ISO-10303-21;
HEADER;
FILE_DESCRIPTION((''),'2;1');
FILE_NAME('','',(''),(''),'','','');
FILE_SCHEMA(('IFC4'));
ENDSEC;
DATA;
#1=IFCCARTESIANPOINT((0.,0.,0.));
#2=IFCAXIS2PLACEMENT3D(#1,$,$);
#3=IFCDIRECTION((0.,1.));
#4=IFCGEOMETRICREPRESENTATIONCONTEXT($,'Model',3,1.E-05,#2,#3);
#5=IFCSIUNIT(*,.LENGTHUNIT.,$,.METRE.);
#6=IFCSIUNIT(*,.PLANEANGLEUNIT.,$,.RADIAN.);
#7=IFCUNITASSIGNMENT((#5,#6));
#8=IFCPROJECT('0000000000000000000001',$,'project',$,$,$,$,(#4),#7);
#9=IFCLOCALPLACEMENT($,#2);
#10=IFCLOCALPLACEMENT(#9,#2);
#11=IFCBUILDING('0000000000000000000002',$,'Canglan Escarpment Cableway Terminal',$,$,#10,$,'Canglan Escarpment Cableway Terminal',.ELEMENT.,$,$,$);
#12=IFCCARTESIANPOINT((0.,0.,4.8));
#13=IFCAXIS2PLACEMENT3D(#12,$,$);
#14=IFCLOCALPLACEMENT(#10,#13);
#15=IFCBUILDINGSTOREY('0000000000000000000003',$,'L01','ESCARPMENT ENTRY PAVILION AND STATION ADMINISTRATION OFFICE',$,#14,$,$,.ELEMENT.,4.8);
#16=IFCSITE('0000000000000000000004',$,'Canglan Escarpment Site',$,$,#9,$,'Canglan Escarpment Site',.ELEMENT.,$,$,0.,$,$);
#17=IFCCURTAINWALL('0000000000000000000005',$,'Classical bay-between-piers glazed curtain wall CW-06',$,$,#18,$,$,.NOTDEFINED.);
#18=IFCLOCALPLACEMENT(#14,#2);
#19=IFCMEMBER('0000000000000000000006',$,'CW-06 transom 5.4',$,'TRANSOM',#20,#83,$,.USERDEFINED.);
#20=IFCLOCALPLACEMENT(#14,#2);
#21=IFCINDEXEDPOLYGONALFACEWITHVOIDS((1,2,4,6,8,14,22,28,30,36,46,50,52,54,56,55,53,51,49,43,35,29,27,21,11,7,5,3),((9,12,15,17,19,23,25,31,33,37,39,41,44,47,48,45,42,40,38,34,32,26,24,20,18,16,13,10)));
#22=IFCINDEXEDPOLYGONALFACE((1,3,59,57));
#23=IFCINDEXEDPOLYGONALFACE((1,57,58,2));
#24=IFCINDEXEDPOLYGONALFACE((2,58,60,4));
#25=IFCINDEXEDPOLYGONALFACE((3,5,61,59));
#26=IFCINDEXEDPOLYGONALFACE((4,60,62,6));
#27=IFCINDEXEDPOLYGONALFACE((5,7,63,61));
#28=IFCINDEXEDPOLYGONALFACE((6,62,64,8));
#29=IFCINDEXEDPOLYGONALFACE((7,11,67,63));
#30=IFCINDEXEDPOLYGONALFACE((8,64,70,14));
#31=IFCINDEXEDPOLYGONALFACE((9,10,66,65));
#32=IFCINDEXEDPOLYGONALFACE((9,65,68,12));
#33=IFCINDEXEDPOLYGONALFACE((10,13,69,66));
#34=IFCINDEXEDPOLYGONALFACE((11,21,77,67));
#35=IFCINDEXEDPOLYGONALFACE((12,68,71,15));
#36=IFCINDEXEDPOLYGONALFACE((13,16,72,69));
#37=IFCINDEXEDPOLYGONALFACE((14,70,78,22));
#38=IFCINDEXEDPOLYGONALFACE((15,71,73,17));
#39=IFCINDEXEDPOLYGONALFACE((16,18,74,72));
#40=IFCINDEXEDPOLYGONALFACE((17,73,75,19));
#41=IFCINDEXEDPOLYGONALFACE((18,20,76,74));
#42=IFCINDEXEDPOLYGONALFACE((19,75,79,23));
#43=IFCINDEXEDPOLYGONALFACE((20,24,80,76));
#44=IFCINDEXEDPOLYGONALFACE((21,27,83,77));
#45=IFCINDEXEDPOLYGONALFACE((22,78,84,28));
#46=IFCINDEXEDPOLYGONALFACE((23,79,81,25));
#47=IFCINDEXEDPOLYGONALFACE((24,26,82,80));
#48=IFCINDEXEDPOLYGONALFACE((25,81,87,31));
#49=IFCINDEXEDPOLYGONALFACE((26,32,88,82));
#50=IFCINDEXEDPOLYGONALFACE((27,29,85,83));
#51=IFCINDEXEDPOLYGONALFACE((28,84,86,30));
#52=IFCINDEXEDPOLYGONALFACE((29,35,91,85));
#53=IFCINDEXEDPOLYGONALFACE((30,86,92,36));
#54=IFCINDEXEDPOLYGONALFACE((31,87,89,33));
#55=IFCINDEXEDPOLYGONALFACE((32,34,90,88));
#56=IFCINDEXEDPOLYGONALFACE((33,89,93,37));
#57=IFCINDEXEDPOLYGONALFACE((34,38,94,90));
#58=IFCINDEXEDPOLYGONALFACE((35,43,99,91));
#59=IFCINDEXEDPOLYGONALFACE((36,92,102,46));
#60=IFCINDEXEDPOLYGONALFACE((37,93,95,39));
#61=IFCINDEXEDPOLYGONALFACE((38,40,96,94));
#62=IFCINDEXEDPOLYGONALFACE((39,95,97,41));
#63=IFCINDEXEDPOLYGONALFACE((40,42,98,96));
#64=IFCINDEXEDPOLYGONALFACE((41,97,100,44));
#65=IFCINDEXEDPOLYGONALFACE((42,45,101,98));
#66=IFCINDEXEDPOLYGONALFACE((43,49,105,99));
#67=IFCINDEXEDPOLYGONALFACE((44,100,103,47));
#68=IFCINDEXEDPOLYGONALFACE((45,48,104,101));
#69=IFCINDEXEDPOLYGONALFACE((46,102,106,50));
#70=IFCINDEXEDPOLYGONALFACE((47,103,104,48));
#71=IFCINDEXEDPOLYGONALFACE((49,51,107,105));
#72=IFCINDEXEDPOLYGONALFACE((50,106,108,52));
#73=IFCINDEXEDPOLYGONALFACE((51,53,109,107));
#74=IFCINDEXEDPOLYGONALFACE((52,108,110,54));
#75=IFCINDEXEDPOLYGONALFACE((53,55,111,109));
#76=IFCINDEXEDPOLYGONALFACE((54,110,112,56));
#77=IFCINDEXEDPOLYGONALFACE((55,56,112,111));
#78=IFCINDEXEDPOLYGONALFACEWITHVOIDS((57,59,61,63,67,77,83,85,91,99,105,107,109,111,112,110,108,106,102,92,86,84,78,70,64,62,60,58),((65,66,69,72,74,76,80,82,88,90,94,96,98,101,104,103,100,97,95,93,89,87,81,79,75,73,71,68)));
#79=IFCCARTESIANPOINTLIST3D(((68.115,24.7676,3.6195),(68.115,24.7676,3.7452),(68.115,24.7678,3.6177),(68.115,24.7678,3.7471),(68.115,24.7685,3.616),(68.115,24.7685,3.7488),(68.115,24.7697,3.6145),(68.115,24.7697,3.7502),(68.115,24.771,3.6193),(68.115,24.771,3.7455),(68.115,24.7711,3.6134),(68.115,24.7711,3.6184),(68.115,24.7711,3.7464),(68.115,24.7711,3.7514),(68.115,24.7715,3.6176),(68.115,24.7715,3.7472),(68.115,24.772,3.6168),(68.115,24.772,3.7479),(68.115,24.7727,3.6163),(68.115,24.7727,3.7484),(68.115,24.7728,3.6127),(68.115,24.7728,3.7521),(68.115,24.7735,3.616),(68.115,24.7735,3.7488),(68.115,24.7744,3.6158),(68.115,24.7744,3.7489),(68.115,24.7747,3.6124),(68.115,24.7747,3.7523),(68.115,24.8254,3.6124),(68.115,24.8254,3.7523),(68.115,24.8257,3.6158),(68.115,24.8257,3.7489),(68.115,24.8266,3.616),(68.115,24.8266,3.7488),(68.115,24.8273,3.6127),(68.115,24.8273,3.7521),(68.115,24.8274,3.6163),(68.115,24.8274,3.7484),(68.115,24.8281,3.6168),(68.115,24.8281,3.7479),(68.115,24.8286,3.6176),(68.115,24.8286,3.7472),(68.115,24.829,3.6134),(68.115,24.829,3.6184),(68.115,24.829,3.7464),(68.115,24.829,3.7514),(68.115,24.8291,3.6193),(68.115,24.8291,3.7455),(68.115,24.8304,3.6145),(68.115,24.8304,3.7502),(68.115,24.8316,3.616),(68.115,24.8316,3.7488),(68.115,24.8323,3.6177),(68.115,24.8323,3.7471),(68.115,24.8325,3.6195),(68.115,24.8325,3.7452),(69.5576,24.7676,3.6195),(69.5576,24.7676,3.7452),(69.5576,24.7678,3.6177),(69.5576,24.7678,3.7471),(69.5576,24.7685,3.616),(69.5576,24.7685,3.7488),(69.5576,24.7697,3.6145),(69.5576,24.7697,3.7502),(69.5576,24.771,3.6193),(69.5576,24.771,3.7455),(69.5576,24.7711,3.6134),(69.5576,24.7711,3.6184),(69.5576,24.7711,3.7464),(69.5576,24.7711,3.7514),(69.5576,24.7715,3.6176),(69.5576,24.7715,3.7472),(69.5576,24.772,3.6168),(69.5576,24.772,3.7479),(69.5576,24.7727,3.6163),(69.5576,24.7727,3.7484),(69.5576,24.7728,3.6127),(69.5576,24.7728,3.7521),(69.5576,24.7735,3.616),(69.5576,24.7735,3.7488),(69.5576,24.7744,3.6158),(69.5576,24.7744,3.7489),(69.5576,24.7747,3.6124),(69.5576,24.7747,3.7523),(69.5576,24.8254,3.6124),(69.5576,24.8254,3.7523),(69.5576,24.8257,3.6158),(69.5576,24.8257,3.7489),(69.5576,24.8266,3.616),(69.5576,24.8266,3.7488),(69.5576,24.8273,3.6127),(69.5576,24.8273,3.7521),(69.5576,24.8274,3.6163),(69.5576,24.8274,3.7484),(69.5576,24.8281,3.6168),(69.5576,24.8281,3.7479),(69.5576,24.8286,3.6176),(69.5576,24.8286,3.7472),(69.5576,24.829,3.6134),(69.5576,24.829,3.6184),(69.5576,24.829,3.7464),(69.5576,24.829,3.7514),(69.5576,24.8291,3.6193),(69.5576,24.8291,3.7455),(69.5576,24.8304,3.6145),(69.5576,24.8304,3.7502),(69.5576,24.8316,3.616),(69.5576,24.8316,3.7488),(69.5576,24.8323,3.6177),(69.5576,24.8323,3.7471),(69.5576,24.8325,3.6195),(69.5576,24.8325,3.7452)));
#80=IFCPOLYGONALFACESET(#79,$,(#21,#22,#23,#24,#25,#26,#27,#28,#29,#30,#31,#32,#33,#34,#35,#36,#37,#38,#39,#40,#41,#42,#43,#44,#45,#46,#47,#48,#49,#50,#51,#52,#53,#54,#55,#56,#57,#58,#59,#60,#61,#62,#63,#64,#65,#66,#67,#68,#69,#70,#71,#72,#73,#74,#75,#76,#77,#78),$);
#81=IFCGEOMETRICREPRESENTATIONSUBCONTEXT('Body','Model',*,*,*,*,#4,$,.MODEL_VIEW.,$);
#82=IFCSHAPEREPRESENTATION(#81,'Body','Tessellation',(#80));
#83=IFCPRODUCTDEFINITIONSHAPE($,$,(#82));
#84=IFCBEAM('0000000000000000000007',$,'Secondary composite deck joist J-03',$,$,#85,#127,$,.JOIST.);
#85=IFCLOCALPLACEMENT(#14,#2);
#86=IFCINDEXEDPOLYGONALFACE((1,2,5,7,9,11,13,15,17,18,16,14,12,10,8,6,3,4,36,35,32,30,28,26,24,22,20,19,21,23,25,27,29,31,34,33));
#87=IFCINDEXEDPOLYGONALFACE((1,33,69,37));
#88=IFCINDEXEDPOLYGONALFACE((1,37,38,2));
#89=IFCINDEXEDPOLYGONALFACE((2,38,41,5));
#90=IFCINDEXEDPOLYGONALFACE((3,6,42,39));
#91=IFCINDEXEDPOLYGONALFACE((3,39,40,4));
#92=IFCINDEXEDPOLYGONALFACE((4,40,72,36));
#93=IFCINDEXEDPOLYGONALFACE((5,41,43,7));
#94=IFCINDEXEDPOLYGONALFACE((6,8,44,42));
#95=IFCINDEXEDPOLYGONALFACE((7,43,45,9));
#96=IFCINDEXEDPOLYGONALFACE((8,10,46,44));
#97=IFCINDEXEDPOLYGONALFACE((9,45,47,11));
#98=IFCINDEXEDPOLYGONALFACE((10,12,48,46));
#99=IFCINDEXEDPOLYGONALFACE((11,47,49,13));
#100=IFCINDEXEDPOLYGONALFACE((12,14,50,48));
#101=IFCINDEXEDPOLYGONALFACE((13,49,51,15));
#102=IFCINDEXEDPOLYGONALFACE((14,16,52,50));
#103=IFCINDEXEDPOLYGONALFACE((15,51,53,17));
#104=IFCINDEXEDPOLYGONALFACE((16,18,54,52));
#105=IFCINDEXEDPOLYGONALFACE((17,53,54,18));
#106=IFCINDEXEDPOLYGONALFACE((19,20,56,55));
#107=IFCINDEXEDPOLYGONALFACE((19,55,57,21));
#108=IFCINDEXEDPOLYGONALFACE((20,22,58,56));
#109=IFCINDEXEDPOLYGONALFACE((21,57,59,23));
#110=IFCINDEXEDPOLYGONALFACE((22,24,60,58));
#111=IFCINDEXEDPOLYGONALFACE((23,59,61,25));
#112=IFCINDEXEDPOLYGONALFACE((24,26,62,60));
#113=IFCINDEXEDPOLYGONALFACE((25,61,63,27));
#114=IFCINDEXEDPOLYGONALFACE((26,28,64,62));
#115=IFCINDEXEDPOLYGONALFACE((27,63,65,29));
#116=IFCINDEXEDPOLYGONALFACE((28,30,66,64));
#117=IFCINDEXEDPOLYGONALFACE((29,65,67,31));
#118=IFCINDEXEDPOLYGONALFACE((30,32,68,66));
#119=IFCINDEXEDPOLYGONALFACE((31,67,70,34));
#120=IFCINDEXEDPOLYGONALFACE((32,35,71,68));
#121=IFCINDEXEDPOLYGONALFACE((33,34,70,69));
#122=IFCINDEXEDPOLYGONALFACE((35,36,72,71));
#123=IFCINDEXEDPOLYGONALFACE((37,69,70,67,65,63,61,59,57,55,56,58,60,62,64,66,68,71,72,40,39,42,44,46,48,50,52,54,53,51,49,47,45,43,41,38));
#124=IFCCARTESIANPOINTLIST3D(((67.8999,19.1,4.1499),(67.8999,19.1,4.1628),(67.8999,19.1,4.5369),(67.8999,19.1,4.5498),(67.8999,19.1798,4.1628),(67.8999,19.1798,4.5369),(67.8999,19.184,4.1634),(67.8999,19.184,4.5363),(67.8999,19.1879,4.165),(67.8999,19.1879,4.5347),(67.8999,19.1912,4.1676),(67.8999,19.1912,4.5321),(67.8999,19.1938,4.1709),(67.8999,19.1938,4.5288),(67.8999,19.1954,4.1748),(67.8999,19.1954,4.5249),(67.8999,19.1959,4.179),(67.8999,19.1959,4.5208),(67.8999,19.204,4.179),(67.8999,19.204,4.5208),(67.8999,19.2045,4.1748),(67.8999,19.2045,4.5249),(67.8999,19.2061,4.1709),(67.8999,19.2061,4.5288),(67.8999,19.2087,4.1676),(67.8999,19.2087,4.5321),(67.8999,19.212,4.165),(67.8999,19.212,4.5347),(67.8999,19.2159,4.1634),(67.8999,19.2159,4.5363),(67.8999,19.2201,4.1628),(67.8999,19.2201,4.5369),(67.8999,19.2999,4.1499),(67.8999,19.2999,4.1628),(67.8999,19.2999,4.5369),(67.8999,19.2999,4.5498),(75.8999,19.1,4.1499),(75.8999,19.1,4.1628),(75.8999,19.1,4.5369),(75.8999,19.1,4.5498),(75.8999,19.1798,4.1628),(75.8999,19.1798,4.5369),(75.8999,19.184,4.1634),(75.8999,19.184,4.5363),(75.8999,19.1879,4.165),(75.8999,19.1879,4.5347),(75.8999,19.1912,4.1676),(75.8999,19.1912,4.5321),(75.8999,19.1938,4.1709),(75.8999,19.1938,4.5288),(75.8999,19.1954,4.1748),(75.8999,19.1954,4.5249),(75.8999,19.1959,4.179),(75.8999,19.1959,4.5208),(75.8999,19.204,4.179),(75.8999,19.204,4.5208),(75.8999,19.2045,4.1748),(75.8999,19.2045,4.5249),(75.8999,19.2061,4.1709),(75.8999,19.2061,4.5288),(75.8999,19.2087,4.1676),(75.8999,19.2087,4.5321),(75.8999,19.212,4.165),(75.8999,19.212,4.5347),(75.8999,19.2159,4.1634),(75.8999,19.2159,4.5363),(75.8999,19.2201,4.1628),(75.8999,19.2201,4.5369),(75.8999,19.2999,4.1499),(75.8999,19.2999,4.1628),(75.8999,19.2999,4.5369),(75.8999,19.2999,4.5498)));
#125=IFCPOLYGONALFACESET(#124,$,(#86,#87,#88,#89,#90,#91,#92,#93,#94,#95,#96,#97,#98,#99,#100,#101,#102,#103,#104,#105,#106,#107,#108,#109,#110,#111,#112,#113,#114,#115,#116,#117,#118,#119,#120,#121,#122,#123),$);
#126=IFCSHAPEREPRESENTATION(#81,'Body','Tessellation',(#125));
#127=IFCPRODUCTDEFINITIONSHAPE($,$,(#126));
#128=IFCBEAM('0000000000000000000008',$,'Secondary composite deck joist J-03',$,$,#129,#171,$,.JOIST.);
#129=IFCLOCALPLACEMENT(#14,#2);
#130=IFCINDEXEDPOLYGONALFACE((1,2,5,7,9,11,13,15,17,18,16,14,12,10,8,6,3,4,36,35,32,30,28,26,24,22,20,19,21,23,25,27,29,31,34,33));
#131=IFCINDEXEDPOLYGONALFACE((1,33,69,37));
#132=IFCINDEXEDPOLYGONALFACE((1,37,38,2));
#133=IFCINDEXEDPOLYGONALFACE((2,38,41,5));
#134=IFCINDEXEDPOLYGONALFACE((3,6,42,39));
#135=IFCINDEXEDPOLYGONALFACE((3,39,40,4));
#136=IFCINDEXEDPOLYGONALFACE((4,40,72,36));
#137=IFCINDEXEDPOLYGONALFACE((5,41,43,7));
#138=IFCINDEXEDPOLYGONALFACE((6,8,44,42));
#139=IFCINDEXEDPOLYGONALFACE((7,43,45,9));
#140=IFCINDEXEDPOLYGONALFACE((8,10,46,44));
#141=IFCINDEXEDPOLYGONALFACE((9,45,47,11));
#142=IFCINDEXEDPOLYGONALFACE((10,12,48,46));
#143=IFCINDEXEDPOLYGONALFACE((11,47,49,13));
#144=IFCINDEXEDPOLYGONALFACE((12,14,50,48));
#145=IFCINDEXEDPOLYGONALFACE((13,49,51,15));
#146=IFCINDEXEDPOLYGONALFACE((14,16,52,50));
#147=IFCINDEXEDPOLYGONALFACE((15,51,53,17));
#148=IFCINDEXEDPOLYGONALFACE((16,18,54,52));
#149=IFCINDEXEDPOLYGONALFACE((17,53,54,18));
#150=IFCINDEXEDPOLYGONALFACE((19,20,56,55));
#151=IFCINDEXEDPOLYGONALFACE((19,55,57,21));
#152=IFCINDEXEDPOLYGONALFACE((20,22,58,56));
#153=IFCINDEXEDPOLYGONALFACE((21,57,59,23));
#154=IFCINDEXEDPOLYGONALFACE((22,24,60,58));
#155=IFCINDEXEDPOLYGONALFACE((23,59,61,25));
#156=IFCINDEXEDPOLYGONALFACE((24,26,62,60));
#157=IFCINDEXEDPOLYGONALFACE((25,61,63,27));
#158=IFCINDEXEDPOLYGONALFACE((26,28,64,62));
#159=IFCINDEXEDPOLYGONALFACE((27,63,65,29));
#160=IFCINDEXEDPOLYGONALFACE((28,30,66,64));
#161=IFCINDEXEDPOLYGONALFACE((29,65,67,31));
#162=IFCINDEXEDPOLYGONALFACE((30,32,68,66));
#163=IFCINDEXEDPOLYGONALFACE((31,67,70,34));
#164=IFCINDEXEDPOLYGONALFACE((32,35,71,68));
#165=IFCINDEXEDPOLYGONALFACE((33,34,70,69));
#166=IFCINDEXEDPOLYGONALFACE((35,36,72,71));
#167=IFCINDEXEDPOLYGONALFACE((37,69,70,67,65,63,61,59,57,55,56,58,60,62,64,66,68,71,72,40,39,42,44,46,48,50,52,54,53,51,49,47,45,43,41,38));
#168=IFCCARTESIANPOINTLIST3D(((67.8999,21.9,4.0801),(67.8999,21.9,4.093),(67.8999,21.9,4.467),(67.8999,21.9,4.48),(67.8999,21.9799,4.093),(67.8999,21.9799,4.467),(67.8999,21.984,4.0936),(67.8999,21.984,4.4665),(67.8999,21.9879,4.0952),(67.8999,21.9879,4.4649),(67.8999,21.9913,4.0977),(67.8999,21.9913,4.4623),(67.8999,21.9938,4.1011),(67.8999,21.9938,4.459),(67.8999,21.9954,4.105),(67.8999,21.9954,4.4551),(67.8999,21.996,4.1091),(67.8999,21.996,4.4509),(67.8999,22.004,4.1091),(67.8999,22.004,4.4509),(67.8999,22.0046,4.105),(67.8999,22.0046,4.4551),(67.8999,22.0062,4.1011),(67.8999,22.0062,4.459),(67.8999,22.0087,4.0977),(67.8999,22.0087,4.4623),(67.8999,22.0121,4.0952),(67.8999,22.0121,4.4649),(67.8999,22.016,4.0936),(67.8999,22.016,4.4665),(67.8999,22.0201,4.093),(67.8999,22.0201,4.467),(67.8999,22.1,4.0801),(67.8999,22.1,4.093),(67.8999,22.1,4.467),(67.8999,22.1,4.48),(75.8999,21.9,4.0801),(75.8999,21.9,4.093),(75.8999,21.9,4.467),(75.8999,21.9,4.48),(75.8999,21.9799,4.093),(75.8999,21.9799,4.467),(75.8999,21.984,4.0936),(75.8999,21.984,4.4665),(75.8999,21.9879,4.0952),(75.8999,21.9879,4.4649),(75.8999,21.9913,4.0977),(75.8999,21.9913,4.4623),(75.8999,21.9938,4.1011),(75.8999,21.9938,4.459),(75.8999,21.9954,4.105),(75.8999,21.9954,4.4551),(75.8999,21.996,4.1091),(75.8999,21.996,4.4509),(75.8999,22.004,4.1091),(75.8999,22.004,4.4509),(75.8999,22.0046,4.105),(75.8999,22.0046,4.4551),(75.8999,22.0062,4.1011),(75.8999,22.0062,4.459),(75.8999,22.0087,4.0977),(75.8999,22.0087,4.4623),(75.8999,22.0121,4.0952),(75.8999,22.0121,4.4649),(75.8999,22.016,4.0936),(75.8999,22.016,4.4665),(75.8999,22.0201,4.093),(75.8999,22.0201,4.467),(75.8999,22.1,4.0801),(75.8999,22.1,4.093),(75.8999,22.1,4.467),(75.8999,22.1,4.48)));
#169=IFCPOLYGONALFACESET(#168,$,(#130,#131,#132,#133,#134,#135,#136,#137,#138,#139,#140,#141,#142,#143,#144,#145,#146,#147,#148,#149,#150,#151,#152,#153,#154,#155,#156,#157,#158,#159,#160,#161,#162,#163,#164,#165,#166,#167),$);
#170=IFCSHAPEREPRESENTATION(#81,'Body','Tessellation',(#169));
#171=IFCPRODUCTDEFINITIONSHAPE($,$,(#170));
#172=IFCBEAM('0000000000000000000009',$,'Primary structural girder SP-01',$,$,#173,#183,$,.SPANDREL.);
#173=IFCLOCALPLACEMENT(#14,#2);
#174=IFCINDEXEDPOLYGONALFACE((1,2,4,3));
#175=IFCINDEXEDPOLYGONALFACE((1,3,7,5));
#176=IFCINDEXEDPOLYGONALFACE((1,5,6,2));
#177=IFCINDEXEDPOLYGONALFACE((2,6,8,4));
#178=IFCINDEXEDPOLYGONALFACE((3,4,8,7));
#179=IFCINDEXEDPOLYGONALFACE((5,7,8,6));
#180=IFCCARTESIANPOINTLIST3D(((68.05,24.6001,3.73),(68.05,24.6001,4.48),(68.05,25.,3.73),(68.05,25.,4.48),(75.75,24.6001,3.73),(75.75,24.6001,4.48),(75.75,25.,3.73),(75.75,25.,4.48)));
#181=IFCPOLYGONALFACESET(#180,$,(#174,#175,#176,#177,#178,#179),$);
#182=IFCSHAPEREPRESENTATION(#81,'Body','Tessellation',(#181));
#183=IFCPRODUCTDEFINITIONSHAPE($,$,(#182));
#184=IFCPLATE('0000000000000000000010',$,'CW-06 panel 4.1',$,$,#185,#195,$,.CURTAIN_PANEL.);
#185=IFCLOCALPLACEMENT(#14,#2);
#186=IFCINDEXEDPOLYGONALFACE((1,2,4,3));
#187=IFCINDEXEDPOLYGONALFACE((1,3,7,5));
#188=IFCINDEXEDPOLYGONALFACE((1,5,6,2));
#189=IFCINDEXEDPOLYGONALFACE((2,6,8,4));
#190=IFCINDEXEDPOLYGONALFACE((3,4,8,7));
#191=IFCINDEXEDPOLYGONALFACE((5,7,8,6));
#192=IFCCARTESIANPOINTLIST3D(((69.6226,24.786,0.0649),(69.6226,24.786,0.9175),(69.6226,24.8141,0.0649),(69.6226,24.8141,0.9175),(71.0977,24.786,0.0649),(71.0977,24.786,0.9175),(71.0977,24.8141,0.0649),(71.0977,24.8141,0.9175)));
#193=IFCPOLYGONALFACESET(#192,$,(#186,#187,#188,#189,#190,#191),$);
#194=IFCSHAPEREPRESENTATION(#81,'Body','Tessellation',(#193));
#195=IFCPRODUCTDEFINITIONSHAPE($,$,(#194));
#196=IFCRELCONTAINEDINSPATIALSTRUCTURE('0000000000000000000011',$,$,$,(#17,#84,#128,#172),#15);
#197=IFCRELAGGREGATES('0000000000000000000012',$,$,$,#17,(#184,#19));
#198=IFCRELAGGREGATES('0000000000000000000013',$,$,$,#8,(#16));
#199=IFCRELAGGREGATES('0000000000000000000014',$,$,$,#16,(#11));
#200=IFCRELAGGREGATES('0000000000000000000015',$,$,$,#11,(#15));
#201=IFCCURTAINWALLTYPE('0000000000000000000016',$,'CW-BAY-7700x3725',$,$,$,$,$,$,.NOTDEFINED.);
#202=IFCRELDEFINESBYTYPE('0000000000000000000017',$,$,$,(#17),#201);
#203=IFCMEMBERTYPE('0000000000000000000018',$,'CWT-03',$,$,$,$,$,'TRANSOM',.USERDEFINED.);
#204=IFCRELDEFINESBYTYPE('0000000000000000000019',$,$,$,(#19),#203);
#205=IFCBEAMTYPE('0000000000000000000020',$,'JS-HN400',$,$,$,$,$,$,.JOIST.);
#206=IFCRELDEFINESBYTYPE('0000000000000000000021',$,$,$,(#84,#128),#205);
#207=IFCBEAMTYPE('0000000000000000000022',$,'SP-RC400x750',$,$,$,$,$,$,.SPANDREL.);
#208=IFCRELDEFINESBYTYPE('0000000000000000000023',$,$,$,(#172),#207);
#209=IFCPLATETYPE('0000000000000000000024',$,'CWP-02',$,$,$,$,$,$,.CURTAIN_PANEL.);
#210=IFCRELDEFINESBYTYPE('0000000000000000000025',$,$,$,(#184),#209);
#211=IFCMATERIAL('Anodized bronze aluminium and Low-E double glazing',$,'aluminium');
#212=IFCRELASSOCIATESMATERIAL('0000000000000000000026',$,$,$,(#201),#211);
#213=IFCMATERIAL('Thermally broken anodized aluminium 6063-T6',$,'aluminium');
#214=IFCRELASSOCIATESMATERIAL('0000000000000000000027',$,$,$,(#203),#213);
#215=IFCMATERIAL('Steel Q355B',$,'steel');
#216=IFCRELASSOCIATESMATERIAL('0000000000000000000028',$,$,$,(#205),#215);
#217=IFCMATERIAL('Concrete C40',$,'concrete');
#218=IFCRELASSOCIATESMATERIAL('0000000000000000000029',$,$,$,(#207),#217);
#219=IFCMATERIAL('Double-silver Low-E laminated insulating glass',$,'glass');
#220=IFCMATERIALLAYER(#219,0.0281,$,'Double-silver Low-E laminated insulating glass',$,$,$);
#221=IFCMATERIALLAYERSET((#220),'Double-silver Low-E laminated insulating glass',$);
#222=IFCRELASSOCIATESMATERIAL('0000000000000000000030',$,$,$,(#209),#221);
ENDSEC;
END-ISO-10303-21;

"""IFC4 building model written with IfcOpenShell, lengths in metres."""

from ifc_helpers import new_model, si_unit, direction, frame, origin, origin_2d, place, context, subcontext, project, spatial, rectangle, hollow_rectangle, i_section, extrude, material, layer, layer_set, material_profile, profile_set, type_object, element, aggregate, save


model = new_model("IFC4")

# Units and contexts
model_context = context("Model", 3, precision=1e-05, world=origin(), true_north=direction((0.0, 1.0)))
body_context = subcontext(model_context, "Body", "Model", "MODEL_VIEW")
ifc_project = project(units=[si_unit("LENGTHUNIT", "METRE"), si_unit("PLANEANGLEUNIT", "RADIAN")], contexts=[model_context])

# Site, building, storey
site_placement = place(None, origin())
site = spatial("IfcSite", under=ifc_project, at=site_placement, Name="Canglan Escarpment Site", LongName="Canglan Escarpment Site", CompositionType="ELEMENT", RefElevation=0.0)
building_placement = place(site_placement, origin())
building = spatial("IfcBuilding", under=site, at=building_placement, Name="Canglan Escarpment Cableway Terminal", LongName="Canglan Escarpment Cableway Terminal", CompositionType="ELEMENT")
storey_placement = place(building_placement, frame((0.0, 0.0, 4.8)))
storey = spatial("IfcBuildingStorey", under=building, at=storey_placement, Name="L01", Description="ESCARPMENT ENTRY PAVILION AND STATION ADMINISTRATION OFFICE", CompositionType="ELEMENT", Elevation=4.8)

# Shared definitions
ifc_material_1 = material(Name="Concrete C40", Category="concrete")

# Curtain wall, member
ifc_material_2 = material(Name="Anodized bronze aluminium and Low-E double glazing", Category="aluminium")
curtain_wall_type = type_object("IfcCurtainWallType", Name="CW-BAY-7700x3725", PredefinedType="NOTDEFINED", material=ifc_material_2)
curtain_wall_placement = place(storey_placement, origin())
curtain_wall = element("IfcCurtainWall", 1, at=curtain_wall_placement, inside=storey, type_object=curtain_wall_type, Name="Classical bay-between-piers glazed curtain wall CW-06", PredefinedType="NOTDEFINED")
ifc_material_3 = material(Name="Thermally broken anodized aluminium 6063-T6", Category="aluminium")
ifc_material_profile_1 = material_profile(ifc_material_3, hollow_rectangle(XDim=0.0649, YDim=0.1399, WallThickness=0.0034, InnerFilletRadius=0.0034, OuterFilletRadius=0.0071, at=origin_2d()), Name="ALU-TRAN 65x140x3.5")
ifc_profile_set_1 = profile_set([ifc_material_profile_1], Name="Thermally broken anodized aluminium 6063-T6")
member_type_1 = type_object("IfcMemberType", Name="CWT-03", ElementType="TRANSOM", PredefinedType="USERDEFINED", material=ifc_profile_set_1)
member_1_placement = place(storey_placement, frame((69.5576, 24.8, 3.6824), z_axis=(-1.0, 0.0, 0.0), x_axis=(0.0, -1.0, 0.0)))
member_1 = element("IfcMember", 2, at=member_1_placement, type_object=member_type_1, Name="CW-06 transom 5.4", ObjectType="TRANSOM", PredefinedType="USERDEFINED", context=body_context, shape_type="SweptSolid", body=[
    extrude(hollow_rectangle(XDim=0.0649, YDim=0.1399, WallThickness=0.0034, InnerFilletRadius=0.0034, OuterFilletRadius=0.0071, at=origin_2d()), origin(), (0.0, 0.0, 1.0), 1.4426),
])

# Beams
ifc_material_4 = material(Name="Steel Q355B", Category="steel")
ifc_material_profile_2 = material_profile(ifc_material_4, i_section(OverallWidth=0.2, OverallDepth=0.3999, WebThickness=0.0081, FlangeThickness=0.0129, FilletRadius=0.0161, at=origin_2d()), Name="HN 400x200x8x13")
ifc_profile_set_2 = profile_set([ifc_material_profile_2], Name="Steel Q355B")
beam_type_1 = type_object("IfcBeamType", Name="JS-HN400", PredefinedType="JOIST", material=ifc_profile_set_2)
for number, where, z_axis, x_axis, name in (
    (3, (67.8999, 19.2, 4.3499), (1.0, 0.0, 0.0), (0.0, 1.0, 0.0), "Secondary composite deck joist J-03"),
    (4, (67.8999, 22.0, 4.28), (1.0, 0.0, 0.0), (0.0, 1.0, 0.0), "Secondary composite deck joist J-03"),
):
    element("IfcBeam", number, at=place(storey_placement, frame(where, z_axis=z_axis, x_axis=x_axis)), inside=storey, type_object=beam_type_1, Name=name, PredefinedType="JOIST", context=body_context, shape_type="SweptSolid", body=[
        extrude(i_section(OverallWidth=0.2, OverallDepth=0.3999, WebThickness=0.0081, FlangeThickness=0.0129, FilletRadius=0.0161, at=origin_2d()), origin(), (0.0, 0.0, 1.0), 8.0),
    ])
ifc_material_profile_3 = material_profile(ifc_material_1, rectangle(XDim=0.3999, YDim=0.75, at=origin_2d()), Name="RC 400x750")
ifc_profile_set_3 = profile_set([ifc_material_profile_3], Name="Concrete C40")
beam_type_2 = type_object("IfcBeamType", Name="SP-RC400x750", PredefinedType="SPANDREL", material=ifc_profile_set_3)
beam_placement = place(storey_placement, frame((68.05, 24.8, 4.105), z_axis=(1.0, 0.0, 0.0), x_axis=(0.0, 1.0, 0.0)))
element("IfcBeam", 5, at=beam_placement, inside=storey, type_object=beam_type_2, Name="Primary structural girder SP-01", PredefinedType="SPANDREL", context=body_context, shape_type="SweptSolid", body=[
    extrude(rectangle(XDim=0.3999, YDim=0.75, at=origin_2d()), origin(), (0.0, 0.0, 1.0), 7.7),
])

# Plate
ifc_material_5 = material(Name="Double-silver Low-E laminated insulating glass", Category="glass")
ifc_layer_1 = layer(ifc_material_5, 0.0281, Name="Double-silver Low-E laminated insulating glass")
ifc_layer_set_1 = layer_set([ifc_layer_1], Name="Double-silver Low-E laminated insulating glass")
plate_type = type_object("IfcPlateType", Name="CWP-02", PredefinedType="CURTAIN_PANEL", material=ifc_layer_set_1)
plate_1_placement = place(storey_placement, frame((70.3601, 24.8, 0.0649), z_axis=(0.0, 0.0, 1.0), x_axis=(-1.0, 0.0, 0.0)))
plate_1 = element("IfcPlate", 6, at=plate_1_placement, type_object=plate_type, Name="CW-06 panel 4.1", PredefinedType="CURTAIN_PANEL", context=body_context, shape_type="SweptSolid", body=[
    extrude(rectangle(XDim=1.4751, YDim=0.0281, at=origin_2d()), origin(), (0.0, 0.0, 1.0), 0.8525),
])
aggregate(curtain_wall, [plate_1, member_1])

save(model, "model.ifc")
